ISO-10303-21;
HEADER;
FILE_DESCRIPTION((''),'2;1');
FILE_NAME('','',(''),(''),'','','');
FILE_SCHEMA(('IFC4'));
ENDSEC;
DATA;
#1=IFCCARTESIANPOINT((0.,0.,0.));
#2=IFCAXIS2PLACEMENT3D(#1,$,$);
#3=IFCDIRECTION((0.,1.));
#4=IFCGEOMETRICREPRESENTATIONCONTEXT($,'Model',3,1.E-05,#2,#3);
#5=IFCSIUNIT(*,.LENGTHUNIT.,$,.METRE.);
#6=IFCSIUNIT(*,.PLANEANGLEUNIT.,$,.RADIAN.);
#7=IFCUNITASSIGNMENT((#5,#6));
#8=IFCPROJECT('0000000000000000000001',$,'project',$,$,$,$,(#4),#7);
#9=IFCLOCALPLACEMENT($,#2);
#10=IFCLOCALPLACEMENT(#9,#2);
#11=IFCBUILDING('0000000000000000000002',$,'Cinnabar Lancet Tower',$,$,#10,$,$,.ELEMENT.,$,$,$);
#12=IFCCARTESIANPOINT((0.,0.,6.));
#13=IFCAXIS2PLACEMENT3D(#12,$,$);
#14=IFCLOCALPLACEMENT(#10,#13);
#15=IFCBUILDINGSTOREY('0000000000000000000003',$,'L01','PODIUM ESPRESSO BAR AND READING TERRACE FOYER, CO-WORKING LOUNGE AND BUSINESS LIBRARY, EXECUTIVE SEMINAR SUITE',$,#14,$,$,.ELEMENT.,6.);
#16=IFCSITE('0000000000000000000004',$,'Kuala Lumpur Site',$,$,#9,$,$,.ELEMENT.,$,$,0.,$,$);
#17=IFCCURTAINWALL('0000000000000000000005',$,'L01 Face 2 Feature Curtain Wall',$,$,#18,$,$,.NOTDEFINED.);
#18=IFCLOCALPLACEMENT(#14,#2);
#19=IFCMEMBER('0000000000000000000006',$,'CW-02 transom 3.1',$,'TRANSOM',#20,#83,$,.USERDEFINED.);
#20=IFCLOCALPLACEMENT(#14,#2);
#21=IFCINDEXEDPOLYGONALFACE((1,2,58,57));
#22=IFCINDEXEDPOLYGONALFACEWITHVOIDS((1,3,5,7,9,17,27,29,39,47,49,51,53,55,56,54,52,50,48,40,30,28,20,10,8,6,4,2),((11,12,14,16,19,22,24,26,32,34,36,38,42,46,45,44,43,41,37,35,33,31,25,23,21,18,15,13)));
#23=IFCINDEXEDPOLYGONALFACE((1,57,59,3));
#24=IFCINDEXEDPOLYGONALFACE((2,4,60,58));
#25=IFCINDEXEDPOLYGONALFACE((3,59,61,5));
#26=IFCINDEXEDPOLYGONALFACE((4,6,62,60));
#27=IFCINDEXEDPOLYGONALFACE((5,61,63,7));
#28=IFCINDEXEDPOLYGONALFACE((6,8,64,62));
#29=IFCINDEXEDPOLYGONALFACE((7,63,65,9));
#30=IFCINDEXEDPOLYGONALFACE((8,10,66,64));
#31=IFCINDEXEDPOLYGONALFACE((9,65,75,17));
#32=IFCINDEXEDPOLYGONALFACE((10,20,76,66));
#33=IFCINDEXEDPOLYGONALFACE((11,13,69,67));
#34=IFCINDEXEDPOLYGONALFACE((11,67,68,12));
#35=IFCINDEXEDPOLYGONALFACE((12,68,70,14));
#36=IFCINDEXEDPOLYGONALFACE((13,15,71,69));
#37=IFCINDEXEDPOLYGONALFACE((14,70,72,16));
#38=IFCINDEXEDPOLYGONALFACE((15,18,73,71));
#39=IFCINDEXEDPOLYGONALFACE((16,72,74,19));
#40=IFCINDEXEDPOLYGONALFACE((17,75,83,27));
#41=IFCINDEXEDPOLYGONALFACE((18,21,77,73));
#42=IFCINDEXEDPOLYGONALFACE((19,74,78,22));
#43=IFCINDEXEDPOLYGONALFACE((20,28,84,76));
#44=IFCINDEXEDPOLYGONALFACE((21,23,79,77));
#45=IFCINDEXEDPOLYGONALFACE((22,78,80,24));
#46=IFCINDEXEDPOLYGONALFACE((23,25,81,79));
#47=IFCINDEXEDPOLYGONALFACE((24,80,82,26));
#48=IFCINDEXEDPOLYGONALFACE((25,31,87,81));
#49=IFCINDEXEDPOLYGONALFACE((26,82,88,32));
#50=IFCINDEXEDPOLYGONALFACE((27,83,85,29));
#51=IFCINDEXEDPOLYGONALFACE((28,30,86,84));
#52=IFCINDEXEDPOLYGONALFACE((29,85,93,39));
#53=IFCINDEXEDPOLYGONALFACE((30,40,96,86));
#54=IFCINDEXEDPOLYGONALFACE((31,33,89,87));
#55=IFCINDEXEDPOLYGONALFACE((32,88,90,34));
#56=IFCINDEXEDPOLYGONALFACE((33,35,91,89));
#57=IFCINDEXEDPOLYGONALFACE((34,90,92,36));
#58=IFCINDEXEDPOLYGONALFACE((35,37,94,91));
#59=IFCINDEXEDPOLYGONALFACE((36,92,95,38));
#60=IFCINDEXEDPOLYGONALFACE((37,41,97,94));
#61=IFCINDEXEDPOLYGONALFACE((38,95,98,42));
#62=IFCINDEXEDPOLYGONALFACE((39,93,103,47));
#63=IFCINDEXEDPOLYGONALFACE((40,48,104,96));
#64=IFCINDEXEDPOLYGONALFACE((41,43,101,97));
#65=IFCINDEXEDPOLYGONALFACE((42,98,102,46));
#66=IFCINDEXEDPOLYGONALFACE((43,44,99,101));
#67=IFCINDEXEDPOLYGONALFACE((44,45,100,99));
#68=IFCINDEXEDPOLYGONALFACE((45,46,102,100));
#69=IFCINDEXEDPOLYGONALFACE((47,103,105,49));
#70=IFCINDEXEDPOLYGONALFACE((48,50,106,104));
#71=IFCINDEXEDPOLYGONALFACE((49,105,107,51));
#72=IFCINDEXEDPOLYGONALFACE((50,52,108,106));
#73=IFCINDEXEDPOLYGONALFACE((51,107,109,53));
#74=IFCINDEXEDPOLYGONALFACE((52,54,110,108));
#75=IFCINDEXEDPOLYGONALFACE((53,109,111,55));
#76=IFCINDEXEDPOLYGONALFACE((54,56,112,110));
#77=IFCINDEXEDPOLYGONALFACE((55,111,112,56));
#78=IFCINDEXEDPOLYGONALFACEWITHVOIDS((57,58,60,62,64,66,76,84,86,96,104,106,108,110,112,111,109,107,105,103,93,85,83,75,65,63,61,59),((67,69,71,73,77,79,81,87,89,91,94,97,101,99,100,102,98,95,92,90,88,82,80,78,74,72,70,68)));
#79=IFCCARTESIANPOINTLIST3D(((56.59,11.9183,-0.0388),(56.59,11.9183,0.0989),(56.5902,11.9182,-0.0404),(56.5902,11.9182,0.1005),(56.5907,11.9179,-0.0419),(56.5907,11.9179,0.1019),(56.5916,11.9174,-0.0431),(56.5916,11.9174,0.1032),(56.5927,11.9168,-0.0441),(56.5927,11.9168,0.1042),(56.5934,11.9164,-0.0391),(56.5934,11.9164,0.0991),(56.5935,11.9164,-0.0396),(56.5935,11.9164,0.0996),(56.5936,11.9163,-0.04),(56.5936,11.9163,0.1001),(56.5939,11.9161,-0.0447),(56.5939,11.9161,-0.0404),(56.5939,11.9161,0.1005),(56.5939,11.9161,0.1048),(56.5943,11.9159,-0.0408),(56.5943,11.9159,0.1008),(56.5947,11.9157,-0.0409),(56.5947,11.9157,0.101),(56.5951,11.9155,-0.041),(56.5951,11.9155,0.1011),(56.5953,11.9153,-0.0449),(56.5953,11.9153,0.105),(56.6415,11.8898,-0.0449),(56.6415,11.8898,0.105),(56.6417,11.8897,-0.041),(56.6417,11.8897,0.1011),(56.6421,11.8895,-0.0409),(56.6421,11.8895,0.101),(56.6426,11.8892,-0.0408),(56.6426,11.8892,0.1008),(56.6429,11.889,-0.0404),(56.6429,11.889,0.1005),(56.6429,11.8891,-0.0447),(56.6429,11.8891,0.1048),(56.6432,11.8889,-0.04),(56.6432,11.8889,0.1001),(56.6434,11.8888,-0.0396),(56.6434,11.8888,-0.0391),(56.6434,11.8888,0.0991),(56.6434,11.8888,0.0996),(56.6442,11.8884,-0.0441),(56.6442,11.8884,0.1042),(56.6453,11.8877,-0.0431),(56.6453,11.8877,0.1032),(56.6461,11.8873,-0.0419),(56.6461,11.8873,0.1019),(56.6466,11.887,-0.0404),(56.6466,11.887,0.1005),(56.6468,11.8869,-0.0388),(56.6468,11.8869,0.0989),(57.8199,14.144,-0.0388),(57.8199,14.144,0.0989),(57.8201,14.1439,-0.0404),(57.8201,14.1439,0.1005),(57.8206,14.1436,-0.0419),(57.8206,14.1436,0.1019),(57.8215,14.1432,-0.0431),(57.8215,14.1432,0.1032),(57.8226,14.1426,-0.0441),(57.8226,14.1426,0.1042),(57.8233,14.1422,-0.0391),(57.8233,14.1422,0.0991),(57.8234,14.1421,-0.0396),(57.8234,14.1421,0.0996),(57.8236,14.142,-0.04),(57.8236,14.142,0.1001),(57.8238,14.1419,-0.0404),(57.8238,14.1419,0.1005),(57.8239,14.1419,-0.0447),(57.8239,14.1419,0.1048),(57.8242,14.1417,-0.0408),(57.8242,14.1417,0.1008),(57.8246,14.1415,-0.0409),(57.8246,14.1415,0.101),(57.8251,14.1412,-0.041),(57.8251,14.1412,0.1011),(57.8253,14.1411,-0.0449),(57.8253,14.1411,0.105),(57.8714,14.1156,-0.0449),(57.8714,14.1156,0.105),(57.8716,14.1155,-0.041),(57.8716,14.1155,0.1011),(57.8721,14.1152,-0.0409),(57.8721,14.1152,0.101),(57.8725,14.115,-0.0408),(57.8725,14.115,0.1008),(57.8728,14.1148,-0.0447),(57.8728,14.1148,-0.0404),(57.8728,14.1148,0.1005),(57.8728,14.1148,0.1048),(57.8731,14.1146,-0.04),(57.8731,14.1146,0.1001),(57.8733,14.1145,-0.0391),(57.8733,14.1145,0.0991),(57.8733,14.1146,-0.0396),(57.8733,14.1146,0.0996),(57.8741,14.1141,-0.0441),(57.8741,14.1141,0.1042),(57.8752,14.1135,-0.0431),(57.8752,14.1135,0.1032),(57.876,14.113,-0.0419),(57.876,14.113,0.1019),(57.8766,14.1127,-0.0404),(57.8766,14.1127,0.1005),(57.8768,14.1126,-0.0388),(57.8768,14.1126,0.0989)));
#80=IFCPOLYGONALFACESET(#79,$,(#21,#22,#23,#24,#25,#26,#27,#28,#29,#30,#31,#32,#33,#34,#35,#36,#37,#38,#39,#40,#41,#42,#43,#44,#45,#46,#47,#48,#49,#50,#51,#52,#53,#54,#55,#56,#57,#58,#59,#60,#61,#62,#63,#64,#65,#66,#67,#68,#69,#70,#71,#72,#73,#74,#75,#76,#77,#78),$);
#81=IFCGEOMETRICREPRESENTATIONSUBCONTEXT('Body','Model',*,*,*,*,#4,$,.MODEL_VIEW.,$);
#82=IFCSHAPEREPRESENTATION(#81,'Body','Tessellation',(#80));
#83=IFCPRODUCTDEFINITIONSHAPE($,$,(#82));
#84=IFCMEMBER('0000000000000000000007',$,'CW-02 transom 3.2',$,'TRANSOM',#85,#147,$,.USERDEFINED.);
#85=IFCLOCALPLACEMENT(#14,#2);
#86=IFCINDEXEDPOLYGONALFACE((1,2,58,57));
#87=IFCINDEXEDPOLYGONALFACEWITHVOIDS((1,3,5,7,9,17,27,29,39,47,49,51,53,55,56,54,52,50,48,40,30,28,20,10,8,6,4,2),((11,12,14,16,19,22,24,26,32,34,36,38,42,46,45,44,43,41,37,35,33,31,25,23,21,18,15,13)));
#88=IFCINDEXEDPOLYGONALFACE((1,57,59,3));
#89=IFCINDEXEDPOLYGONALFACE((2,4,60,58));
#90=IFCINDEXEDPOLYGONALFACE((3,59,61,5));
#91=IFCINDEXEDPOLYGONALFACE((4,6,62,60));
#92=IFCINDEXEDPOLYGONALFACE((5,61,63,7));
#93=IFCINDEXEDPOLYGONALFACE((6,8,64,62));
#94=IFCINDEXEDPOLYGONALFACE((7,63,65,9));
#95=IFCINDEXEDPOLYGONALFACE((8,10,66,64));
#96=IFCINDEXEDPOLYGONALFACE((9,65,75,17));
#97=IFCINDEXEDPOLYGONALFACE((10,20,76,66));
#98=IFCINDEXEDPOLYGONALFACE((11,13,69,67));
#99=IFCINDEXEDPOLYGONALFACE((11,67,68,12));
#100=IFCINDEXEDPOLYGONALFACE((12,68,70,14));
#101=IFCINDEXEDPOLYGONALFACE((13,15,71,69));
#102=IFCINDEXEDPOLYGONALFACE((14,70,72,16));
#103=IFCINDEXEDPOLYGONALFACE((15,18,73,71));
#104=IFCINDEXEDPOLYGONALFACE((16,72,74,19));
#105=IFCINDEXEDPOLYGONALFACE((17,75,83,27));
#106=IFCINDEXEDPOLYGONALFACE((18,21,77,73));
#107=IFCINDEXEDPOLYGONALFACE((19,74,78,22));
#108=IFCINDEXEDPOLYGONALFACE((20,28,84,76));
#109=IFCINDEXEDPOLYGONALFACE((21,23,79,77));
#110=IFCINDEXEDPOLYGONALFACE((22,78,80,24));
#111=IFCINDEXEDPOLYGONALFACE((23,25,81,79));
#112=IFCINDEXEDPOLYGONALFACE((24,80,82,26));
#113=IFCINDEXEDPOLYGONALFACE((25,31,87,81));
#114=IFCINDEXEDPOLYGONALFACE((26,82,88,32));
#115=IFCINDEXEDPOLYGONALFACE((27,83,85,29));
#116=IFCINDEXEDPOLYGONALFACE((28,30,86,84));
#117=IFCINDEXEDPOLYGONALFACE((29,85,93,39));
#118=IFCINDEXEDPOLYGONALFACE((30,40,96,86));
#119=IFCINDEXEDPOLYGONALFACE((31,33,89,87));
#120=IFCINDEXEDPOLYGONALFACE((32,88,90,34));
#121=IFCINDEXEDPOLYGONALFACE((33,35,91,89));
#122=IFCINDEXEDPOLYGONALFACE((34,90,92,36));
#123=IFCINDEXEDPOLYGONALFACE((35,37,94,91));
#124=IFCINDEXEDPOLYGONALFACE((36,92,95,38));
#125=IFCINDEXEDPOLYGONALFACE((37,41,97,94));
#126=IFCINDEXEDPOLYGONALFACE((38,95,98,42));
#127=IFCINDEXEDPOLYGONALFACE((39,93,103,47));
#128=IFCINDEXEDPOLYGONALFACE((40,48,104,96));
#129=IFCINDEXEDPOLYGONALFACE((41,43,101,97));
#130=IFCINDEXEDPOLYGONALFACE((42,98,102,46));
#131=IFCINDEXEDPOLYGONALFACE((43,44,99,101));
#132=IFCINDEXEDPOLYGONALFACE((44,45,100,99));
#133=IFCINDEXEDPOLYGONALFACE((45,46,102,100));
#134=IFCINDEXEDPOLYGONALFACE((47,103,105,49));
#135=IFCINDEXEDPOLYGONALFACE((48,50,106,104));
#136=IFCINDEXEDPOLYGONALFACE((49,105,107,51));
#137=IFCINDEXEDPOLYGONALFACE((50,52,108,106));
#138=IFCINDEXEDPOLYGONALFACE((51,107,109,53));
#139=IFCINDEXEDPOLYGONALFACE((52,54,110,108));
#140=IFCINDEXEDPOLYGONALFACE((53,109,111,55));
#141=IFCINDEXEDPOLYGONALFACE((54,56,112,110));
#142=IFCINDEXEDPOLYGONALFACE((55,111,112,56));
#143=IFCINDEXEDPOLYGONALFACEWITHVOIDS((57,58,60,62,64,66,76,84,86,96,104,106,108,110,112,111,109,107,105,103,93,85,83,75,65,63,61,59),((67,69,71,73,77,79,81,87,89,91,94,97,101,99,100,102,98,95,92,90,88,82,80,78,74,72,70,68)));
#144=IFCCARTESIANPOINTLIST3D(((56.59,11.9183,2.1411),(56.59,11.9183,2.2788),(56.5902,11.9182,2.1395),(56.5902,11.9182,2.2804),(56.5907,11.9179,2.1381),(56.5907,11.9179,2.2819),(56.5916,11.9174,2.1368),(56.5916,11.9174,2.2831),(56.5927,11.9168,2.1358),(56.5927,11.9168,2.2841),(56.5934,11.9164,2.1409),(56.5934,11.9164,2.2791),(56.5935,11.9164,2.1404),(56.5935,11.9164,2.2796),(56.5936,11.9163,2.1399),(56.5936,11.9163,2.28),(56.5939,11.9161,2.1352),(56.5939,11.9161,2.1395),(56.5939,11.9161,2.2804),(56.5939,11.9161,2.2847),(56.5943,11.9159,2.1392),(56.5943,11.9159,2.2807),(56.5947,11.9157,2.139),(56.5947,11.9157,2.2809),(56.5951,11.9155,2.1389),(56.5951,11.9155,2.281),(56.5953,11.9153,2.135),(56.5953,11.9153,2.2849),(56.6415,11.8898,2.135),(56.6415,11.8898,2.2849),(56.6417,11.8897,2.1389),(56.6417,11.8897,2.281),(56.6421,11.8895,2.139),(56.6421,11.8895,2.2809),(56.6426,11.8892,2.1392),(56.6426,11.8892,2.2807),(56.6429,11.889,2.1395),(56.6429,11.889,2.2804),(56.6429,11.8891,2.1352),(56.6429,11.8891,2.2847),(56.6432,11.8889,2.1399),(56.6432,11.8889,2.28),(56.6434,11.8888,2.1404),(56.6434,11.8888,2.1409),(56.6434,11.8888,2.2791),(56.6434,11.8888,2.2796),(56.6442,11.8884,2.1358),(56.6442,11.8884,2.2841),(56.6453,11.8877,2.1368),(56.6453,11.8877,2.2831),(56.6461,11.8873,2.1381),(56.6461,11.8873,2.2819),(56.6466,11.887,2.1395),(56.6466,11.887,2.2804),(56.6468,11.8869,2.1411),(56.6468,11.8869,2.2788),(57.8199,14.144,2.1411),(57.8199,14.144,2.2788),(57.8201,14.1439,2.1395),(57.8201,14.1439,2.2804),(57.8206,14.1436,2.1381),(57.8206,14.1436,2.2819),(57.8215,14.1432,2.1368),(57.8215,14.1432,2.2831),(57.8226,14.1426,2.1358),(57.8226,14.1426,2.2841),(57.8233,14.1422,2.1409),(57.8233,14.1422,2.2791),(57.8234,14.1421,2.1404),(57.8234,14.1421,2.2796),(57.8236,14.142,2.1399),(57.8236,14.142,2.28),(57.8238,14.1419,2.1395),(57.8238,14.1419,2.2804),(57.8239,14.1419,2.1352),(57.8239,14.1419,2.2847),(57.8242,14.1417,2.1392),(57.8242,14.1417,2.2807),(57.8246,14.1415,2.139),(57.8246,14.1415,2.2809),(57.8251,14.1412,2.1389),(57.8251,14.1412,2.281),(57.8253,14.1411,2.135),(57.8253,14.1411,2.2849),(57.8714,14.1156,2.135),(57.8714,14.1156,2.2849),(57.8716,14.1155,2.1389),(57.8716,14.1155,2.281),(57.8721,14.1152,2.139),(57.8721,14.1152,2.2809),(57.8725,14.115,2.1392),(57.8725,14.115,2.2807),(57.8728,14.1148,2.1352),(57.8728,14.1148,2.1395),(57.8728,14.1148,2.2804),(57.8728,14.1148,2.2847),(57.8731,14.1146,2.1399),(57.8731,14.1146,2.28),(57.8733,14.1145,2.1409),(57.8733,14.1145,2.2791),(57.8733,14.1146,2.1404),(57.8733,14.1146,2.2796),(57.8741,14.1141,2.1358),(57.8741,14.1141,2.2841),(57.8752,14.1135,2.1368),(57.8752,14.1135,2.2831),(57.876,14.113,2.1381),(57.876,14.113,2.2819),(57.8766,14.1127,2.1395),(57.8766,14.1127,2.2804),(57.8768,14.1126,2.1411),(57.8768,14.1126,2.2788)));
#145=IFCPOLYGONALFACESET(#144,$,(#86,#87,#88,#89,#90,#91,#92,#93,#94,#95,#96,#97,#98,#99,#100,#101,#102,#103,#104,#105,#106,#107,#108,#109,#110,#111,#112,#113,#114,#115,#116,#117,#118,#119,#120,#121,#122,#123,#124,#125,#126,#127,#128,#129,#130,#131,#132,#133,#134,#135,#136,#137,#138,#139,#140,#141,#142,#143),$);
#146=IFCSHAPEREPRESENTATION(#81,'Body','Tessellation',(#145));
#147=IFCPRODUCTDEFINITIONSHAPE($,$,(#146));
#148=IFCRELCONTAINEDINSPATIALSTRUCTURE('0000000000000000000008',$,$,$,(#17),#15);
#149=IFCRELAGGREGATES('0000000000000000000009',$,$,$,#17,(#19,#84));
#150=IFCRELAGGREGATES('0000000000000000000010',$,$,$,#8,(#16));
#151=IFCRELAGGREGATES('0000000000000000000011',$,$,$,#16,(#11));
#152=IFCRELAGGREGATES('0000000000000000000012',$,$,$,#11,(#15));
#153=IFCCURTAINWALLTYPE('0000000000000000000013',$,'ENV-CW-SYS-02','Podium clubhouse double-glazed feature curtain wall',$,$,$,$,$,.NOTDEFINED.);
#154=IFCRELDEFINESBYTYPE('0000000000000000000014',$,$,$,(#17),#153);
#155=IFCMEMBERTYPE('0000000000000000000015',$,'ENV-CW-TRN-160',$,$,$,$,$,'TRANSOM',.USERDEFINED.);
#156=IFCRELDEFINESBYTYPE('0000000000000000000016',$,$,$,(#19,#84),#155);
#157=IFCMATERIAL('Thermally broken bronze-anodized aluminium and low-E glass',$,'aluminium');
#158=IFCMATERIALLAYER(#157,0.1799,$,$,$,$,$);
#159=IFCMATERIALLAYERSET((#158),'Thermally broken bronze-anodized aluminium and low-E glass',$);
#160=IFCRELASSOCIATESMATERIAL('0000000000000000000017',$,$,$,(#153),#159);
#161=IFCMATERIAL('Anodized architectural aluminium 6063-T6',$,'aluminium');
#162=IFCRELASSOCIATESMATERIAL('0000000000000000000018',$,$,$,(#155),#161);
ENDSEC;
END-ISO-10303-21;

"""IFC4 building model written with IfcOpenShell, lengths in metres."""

from ifc_helpers import new_model, si_unit, direction, frame, origin, origin_2d, place, context, subcontext, project, spatial, hollow_rectangle, extrude, material, layer, layer_set, material_profile, profile_set, type_object, element, aggregate, save


model = new_model("IFC4")

# Units and contexts
model_context = context("Model", 3, precision=1e-05, world=origin(), true_north=direction((0.0, 1.0)))
body_context = subcontext(model_context, "Body", "Model", "MODEL_VIEW")
ifc_project = project(units=[si_unit("LENGTHUNIT", "METRE"), si_unit("PLANEANGLEUNIT", "RADIAN")], contexts=[model_context])

# Site, building, storey
site_placement = place(None, origin())
site = spatial("IfcSite", under=ifc_project, at=site_placement, Name="Kuala Lumpur Site", CompositionType="ELEMENT", RefElevation=0.0)
building_placement = place(site_placement, origin())
building = spatial("IfcBuilding", under=site, at=building_placement, Name="Cinnabar Lancet Tower", CompositionType="ELEMENT")
storey_placement = place(building_placement, frame((0.0, 0.0, 6.0)))
storey = spatial("IfcBuildingStorey", under=building, at=storey_placement, Name="L01", Description="PODIUM ESPRESSO BAR AND READING TERRACE FOYER, CO-WORKING LOUNGE AND BUSINESS LIBRARY, EXECUTIVE SEMINAR SUITE", CompositionType="ELEMENT", Elevation=6.0)

# Curtain wall, members
ifc_material_1 = material(Name="Thermally broken bronze-anodized aluminium and low-E glass", Category="aluminium")
ifc_layer_1 = layer(ifc_material_1, 0.1799)
ifc_layer_set_1 = layer_set([ifc_layer_1], Name="Thermally broken bronze-anodized aluminium and low-E glass")
curtain_wall_type = type_object("IfcCurtainWallType", Name="ENV-CW-SYS-02", Description="Podium clubhouse double-glazed feature curtain wall", PredefinedType="NOTDEFINED", material=ifc_layer_set_1)
curtain_wall_placement = place(storey_placement, origin())
curtain_wall = element("IfcCurtainWall", 1, at=curtain_wall_placement, inside=storey, type_object=curtain_wall_type, Name="L01 Face 2 Feature Curtain Wall", PredefinedType="NOTDEFINED")
ifc_material_2 = material(Name="Anodized architectural aluminium 6063-T6", Category="aluminium")
ifc_material_profile_1 = material_profile(ifc_material_2, hollow_rectangle(XDim=0.0649, YDim=0.1499, WallThickness=0.0039, InnerFilletRadius=0.002, OuterFilletRadius=0.0061, at=origin_2d()), Name="CW-TRN 150x65x4")
ifc_profile_set_1 = profile_set([ifc_material_profile_1], Name="Anodized architectural aluminium 6063-T6")
member_type_1 = type_object("IfcMemberType", Name="ENV-CW-TRN-160", ElementType="TRANSOM", PredefinedType="USERDEFINED", material=ifc_profile_set_1)
member_1_placement = place(storey_placement, frame((56.6184, 11.9026, 0.03), z_axis=(0.483661, 0.875255, 0.0), x_axis=(-0.875255, 0.483661, 0.0)))
member_1 = element("IfcMember", 2, at=member_1_placement, type_object=member_type_1, Name="CW-02 transom 3.1", ObjectType="TRANSOM", PredefinedType="USERDEFINED", context=body_context, shape_type="SweptSolid", body=[
    extrude(hollow_rectangle(XDim=0.0649, YDim=0.1499, WallThickness=0.0039, InnerFilletRadius=0.002, OuterFilletRadius=0.0061, at=origin_2d()), origin(), (0.0, 0.0, 1.0), 2.543),
])
member_2_placement = place(storey_placement, frame((56.6184, 11.9026, 2.21), z_axis=(0.483661, 0.875255, 0.0), x_axis=(-0.875255, 0.483661, 0.0)))
member_2 = element("IfcMember", 3, at=member_2_placement, type_object=member_type_1, Name="CW-02 transom 3.2", ObjectType="TRANSOM", PredefinedType="USERDEFINED", context=body_context, shape_type="SweptSolid", body=[
    extrude(hollow_rectangle(XDim=0.0649, YDim=0.1499, WallThickness=0.0039, InnerFilletRadius=0.002, OuterFilletRadius=0.0061, at=origin_2d()), origin(), (0.0, 0.0, 1.0), 2.543),
])
aggregate(curtain_wall, [member_1, member_2])

save(model, "model.ifc")
